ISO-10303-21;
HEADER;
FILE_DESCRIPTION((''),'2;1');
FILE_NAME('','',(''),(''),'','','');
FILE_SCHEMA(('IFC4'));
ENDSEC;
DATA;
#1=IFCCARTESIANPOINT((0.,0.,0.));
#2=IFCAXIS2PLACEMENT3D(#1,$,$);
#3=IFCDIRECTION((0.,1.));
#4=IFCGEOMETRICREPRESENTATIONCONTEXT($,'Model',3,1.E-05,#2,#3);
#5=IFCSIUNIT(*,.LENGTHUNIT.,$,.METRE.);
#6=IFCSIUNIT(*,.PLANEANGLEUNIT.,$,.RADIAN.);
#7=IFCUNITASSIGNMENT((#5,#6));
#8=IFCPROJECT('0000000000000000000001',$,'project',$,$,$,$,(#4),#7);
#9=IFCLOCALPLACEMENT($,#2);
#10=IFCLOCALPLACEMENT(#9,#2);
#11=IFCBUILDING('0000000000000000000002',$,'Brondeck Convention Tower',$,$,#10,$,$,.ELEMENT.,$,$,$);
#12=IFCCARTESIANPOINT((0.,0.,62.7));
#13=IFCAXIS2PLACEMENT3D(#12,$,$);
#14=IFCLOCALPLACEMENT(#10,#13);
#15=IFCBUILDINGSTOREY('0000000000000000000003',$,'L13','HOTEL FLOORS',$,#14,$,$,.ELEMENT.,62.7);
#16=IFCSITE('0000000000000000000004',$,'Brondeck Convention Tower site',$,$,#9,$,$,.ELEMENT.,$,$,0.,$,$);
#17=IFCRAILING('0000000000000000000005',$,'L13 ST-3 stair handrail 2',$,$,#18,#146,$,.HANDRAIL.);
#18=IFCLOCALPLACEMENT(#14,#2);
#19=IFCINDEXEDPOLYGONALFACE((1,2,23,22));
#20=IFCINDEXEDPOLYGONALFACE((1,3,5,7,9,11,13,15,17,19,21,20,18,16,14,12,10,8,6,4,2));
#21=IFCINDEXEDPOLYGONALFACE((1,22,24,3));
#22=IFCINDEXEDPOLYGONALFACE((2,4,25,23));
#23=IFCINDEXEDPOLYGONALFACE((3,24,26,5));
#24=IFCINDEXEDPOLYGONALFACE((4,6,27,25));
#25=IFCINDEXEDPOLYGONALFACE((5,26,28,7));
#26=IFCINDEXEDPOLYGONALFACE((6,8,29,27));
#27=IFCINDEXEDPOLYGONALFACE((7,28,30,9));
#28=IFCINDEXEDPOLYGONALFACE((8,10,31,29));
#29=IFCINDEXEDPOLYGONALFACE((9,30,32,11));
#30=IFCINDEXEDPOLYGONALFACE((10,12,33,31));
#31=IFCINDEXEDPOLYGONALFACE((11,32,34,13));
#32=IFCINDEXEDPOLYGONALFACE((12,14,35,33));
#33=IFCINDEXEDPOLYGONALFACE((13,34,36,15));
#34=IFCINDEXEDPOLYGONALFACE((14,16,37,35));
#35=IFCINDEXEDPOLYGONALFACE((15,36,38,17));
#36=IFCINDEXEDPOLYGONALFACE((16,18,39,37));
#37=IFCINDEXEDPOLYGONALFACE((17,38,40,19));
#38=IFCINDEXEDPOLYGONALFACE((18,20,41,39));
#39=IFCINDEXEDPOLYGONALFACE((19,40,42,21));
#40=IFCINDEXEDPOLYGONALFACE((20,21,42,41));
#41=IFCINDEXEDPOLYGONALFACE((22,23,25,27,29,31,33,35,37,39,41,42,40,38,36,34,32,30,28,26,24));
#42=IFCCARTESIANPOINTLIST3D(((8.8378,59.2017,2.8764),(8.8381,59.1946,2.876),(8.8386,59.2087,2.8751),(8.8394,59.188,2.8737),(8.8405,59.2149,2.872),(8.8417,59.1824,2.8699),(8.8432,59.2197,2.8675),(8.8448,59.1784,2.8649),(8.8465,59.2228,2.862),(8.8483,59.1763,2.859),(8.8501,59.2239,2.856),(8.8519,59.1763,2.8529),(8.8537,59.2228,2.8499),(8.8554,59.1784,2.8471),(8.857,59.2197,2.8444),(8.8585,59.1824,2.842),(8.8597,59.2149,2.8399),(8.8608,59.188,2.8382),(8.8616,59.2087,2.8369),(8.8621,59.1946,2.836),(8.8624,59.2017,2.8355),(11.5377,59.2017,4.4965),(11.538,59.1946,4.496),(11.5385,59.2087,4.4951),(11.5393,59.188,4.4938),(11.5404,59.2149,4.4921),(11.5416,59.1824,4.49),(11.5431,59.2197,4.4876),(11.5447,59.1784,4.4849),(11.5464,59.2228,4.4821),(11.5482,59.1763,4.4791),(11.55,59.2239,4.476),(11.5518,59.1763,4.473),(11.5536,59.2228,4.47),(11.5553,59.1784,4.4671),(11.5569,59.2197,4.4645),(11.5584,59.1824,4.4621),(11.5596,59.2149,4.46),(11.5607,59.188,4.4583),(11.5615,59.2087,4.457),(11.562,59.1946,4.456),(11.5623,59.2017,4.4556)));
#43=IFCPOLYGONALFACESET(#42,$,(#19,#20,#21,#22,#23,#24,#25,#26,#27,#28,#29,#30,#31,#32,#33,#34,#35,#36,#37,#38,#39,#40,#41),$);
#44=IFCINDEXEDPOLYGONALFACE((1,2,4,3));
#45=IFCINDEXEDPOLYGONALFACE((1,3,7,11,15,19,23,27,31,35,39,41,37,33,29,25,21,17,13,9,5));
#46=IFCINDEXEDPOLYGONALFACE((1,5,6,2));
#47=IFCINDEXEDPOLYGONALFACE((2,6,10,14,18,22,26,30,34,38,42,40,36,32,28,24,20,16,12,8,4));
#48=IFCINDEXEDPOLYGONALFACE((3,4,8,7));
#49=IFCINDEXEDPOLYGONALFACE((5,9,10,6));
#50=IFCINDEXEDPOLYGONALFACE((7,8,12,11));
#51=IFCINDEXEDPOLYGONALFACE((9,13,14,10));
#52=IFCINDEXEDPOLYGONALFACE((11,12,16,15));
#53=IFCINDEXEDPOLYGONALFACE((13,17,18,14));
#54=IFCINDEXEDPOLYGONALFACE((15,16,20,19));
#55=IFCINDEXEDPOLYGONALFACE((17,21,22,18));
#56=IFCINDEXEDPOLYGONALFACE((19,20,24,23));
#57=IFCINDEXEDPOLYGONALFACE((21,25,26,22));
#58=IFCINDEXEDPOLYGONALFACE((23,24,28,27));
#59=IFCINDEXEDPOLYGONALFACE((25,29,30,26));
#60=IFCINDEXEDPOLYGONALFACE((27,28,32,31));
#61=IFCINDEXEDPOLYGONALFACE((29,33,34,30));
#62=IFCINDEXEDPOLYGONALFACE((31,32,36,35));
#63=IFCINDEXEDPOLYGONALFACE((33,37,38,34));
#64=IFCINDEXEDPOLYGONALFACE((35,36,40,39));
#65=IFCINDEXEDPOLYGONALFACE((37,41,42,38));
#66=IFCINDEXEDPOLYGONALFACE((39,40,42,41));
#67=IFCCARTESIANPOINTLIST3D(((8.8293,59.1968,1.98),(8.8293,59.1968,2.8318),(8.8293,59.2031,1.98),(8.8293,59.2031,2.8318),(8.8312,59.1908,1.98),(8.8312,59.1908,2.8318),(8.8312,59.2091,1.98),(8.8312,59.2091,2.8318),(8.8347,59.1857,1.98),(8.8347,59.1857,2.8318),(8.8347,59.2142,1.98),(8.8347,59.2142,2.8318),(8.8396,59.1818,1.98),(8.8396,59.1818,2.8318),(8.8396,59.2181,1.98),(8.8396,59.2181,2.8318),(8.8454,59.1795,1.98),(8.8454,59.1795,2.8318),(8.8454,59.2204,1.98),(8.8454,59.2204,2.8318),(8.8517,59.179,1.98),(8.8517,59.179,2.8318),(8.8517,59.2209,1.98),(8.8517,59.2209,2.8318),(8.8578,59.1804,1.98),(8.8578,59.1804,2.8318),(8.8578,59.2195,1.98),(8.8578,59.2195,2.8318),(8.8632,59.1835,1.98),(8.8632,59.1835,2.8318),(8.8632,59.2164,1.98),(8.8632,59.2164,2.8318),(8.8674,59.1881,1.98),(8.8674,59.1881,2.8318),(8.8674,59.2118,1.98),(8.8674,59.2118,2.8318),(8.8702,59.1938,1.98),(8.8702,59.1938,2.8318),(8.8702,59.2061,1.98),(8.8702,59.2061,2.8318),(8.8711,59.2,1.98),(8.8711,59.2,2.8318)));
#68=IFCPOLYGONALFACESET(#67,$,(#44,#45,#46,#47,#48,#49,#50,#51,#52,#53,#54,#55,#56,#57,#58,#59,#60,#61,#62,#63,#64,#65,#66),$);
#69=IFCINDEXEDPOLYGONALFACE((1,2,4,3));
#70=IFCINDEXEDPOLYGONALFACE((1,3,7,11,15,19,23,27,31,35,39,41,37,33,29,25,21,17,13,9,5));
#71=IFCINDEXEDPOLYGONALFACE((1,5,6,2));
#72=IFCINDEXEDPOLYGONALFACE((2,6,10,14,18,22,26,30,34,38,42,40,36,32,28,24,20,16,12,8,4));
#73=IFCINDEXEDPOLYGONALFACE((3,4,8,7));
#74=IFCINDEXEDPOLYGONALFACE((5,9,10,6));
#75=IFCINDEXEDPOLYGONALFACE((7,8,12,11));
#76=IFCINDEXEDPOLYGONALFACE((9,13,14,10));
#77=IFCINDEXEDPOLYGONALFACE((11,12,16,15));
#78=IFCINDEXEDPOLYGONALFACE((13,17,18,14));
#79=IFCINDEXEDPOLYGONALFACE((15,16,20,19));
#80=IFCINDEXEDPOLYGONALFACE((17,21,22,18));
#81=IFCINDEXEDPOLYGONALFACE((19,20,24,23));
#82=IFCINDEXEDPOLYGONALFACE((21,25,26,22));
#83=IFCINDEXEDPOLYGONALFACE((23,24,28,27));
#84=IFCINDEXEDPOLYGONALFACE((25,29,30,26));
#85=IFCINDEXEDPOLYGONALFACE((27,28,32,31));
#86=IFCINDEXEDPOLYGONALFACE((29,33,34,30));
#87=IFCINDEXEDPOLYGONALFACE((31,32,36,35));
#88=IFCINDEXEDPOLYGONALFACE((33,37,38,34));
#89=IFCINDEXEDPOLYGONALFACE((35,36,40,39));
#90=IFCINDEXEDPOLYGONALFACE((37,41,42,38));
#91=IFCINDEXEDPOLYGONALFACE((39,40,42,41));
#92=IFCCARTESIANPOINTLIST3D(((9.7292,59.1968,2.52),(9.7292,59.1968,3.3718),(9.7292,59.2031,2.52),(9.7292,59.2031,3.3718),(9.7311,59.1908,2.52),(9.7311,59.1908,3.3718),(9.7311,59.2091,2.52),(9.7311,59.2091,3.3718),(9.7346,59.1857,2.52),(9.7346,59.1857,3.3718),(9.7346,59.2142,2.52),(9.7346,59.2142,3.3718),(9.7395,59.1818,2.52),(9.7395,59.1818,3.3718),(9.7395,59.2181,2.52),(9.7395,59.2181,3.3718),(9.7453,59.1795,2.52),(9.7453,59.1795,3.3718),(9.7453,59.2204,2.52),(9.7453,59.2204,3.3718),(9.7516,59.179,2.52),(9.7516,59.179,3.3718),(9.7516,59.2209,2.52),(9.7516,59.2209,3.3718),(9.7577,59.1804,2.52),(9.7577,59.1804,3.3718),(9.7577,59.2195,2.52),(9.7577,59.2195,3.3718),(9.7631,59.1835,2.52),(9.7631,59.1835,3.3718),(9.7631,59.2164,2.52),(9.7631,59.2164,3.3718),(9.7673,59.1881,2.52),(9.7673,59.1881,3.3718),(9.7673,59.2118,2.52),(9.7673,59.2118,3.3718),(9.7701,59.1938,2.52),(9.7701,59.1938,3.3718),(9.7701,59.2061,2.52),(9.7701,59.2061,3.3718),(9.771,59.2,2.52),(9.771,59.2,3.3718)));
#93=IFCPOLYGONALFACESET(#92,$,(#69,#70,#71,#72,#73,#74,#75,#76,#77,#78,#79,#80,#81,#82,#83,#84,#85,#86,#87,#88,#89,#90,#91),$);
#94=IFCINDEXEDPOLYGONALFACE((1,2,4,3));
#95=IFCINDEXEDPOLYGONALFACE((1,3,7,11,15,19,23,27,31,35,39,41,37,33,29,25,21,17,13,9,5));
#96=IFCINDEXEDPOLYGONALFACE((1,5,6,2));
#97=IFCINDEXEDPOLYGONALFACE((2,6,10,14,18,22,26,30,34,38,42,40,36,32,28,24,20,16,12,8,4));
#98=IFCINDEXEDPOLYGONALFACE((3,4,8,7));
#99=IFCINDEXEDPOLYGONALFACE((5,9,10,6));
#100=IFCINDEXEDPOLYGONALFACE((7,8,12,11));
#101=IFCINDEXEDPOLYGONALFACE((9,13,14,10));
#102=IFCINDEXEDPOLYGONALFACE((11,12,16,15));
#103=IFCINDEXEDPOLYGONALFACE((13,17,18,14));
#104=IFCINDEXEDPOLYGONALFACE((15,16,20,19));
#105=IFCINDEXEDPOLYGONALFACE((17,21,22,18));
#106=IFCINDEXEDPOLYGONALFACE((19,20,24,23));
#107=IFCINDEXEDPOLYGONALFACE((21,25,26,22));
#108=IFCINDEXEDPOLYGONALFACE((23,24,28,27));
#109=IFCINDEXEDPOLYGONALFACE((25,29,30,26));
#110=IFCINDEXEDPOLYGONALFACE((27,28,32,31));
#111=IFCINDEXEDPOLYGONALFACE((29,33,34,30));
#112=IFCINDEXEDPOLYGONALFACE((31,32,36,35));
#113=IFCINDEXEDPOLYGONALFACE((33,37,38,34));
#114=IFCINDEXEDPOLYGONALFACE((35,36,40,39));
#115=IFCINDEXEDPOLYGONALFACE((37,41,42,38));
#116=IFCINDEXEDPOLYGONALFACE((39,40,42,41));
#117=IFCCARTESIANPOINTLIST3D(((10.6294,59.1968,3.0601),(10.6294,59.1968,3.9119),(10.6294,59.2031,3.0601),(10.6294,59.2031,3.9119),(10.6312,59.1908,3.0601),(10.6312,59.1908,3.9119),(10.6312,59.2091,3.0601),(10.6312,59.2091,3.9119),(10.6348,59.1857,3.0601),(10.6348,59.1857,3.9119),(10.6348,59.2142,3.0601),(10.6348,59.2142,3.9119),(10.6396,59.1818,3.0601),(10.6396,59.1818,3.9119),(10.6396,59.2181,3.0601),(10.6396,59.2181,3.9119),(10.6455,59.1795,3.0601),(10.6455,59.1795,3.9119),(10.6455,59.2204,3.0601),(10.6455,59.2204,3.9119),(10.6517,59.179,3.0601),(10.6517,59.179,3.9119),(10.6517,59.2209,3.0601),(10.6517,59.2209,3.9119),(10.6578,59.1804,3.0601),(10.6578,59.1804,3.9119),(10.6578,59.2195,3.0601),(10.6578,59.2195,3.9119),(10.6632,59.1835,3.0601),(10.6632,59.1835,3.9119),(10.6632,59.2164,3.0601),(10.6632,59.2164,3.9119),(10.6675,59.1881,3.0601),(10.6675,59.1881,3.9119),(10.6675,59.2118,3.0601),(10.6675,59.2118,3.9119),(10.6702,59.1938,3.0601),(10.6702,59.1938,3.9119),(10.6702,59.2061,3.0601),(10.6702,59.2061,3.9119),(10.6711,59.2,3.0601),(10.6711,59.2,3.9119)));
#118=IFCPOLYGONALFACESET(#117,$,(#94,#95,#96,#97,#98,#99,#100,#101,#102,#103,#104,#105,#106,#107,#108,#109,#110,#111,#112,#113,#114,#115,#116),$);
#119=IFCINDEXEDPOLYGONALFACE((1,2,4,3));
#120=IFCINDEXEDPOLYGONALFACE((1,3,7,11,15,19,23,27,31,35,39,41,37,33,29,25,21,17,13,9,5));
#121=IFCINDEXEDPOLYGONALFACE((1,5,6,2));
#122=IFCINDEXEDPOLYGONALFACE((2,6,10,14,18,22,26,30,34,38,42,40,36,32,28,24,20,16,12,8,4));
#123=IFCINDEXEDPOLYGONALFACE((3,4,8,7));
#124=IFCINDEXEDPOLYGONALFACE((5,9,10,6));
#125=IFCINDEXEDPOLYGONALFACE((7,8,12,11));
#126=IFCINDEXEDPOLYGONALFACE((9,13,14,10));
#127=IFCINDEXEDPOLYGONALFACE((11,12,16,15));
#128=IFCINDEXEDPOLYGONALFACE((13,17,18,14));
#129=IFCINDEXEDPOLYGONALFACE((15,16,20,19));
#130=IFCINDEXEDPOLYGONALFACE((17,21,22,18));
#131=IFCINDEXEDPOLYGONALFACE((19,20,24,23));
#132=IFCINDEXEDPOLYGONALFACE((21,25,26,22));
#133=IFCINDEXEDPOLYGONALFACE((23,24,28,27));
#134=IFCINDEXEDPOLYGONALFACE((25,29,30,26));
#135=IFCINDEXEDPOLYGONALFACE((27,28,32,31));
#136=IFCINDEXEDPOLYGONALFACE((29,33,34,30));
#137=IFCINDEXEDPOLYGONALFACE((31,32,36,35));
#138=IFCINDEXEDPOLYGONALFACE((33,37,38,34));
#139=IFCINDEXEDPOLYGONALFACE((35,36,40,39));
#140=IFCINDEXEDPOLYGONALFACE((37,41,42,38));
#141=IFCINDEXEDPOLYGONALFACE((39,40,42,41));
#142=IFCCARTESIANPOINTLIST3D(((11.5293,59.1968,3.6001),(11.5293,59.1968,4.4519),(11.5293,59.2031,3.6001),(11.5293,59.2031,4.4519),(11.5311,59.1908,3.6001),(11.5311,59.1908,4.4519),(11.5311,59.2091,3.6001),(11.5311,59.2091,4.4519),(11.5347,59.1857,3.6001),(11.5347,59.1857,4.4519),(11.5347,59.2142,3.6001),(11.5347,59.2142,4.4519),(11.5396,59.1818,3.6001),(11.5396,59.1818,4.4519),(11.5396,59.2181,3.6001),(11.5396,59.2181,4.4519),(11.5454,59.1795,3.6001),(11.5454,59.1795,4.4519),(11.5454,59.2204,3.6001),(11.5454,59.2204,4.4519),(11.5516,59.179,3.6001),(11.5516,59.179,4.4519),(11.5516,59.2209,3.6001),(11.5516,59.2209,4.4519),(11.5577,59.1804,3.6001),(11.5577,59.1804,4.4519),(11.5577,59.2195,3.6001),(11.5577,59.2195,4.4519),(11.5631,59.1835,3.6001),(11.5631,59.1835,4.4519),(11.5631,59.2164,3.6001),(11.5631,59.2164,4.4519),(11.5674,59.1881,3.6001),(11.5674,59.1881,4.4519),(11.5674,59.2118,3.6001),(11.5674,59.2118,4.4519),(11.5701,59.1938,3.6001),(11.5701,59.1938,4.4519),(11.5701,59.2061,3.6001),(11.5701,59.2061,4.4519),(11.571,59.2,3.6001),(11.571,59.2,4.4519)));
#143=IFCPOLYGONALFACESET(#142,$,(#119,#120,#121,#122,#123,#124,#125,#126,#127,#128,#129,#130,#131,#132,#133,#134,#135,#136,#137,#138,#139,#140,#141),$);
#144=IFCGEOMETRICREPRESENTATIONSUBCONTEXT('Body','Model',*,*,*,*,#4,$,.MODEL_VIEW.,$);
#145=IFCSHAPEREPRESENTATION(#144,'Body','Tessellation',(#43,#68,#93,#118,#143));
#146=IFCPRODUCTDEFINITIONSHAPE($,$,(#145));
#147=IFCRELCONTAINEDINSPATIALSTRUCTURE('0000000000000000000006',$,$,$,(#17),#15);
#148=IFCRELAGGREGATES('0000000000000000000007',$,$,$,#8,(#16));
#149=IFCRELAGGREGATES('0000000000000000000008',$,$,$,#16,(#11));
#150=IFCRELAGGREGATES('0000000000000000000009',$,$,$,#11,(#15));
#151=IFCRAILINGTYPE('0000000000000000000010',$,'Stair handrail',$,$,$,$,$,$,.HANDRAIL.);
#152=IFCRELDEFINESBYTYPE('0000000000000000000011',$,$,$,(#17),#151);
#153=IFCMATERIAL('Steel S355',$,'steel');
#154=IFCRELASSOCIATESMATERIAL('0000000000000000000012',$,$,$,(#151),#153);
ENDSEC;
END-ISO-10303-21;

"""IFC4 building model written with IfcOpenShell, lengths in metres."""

from ifc_helpers import new_model, si_unit, direction, frame, origin, origin_2d, place, context, subcontext, project, spatial, circle, extrude, material, type_object, element, save


model = new_model("IFC4")

# Units and contexts
model_context = context("Model", 3, precision=1e-05, world=origin(), true_north=direction((0.0, 1.0)))
body_context = subcontext(model_context, "Body", "Model", "MODEL_VIEW")
ifc_project = project(units=[si_unit("LENGTHUNIT", "METRE"), si_unit("PLANEANGLEUNIT", "RADIAN")], contexts=[model_context])

# Site, building, storey
site_placement = place(None, origin())
site = spatial("IfcSite", under=ifc_project, at=site_placement, Name="Brondeck Convention Tower site", CompositionType="ELEMENT", RefElevation=0.0)
building_placement = place(site_placement, origin())
building = spatial("IfcBuilding", under=site, at=building_placement, Name="Brondeck Convention Tower", CompositionType="ELEMENT")
storey_placement = place(building_placement, frame((0.0, 0.0, 62.7)))
storey = spatial("IfcBuildingStorey", under=building, at=storey_placement, Name="L13", Description="HOTEL FLOORS", CompositionType="ELEMENT", Elevation=62.7)

# Railing
ifc_material_1 = material(Name="Steel S355", Category="steel")
railing_type = type_object("IfcRailingType", Name="Stair handrail", PredefinedType="HANDRAIL", material=ifc_material_1)
railing_placement = place(storey_placement, frame((8.8501, 59.2, 1.98)))
element("IfcRailing", 1, at=railing_placement, inside=storey, type_object=railing_type, Name="L13 ST-3 stair handrail 2", PredefinedType="HANDRAIL", context=body_context, shape_type="SweptSolid", body=[
    extrude(circle(Radius=0.0239, at=origin_2d()), frame((0.0, 0.0, 0.876), z_axis=(0.857472, 0.0, 0.51453), x_axis=(0.0, 1.0, 0.0)), (0.0, 0.0, 1.0), 3.1487),
    extrude(circle(Radius=0.021, at=origin_2d()), origin(), (0.0, 0.0, 1.0), 0.8518),
    extrude(circle(Radius=0.021, at=origin_2d()), frame((0.8999, 0.0, 0.54)), (0.0, 0.0, 1.0), 0.8518),
    extrude(circle(Radius=0.021, at=origin_2d()), frame((1.8, 0.0, 1.0801)), (0.0, 0.0, 1.0), 0.8518),
    extrude(circle(Radius=0.021, at=origin_2d()), frame((2.7, 0.0, 1.6201)), (0.0, 0.0, 1.0), 0.8518),
])

save(model, "model.ifc")
